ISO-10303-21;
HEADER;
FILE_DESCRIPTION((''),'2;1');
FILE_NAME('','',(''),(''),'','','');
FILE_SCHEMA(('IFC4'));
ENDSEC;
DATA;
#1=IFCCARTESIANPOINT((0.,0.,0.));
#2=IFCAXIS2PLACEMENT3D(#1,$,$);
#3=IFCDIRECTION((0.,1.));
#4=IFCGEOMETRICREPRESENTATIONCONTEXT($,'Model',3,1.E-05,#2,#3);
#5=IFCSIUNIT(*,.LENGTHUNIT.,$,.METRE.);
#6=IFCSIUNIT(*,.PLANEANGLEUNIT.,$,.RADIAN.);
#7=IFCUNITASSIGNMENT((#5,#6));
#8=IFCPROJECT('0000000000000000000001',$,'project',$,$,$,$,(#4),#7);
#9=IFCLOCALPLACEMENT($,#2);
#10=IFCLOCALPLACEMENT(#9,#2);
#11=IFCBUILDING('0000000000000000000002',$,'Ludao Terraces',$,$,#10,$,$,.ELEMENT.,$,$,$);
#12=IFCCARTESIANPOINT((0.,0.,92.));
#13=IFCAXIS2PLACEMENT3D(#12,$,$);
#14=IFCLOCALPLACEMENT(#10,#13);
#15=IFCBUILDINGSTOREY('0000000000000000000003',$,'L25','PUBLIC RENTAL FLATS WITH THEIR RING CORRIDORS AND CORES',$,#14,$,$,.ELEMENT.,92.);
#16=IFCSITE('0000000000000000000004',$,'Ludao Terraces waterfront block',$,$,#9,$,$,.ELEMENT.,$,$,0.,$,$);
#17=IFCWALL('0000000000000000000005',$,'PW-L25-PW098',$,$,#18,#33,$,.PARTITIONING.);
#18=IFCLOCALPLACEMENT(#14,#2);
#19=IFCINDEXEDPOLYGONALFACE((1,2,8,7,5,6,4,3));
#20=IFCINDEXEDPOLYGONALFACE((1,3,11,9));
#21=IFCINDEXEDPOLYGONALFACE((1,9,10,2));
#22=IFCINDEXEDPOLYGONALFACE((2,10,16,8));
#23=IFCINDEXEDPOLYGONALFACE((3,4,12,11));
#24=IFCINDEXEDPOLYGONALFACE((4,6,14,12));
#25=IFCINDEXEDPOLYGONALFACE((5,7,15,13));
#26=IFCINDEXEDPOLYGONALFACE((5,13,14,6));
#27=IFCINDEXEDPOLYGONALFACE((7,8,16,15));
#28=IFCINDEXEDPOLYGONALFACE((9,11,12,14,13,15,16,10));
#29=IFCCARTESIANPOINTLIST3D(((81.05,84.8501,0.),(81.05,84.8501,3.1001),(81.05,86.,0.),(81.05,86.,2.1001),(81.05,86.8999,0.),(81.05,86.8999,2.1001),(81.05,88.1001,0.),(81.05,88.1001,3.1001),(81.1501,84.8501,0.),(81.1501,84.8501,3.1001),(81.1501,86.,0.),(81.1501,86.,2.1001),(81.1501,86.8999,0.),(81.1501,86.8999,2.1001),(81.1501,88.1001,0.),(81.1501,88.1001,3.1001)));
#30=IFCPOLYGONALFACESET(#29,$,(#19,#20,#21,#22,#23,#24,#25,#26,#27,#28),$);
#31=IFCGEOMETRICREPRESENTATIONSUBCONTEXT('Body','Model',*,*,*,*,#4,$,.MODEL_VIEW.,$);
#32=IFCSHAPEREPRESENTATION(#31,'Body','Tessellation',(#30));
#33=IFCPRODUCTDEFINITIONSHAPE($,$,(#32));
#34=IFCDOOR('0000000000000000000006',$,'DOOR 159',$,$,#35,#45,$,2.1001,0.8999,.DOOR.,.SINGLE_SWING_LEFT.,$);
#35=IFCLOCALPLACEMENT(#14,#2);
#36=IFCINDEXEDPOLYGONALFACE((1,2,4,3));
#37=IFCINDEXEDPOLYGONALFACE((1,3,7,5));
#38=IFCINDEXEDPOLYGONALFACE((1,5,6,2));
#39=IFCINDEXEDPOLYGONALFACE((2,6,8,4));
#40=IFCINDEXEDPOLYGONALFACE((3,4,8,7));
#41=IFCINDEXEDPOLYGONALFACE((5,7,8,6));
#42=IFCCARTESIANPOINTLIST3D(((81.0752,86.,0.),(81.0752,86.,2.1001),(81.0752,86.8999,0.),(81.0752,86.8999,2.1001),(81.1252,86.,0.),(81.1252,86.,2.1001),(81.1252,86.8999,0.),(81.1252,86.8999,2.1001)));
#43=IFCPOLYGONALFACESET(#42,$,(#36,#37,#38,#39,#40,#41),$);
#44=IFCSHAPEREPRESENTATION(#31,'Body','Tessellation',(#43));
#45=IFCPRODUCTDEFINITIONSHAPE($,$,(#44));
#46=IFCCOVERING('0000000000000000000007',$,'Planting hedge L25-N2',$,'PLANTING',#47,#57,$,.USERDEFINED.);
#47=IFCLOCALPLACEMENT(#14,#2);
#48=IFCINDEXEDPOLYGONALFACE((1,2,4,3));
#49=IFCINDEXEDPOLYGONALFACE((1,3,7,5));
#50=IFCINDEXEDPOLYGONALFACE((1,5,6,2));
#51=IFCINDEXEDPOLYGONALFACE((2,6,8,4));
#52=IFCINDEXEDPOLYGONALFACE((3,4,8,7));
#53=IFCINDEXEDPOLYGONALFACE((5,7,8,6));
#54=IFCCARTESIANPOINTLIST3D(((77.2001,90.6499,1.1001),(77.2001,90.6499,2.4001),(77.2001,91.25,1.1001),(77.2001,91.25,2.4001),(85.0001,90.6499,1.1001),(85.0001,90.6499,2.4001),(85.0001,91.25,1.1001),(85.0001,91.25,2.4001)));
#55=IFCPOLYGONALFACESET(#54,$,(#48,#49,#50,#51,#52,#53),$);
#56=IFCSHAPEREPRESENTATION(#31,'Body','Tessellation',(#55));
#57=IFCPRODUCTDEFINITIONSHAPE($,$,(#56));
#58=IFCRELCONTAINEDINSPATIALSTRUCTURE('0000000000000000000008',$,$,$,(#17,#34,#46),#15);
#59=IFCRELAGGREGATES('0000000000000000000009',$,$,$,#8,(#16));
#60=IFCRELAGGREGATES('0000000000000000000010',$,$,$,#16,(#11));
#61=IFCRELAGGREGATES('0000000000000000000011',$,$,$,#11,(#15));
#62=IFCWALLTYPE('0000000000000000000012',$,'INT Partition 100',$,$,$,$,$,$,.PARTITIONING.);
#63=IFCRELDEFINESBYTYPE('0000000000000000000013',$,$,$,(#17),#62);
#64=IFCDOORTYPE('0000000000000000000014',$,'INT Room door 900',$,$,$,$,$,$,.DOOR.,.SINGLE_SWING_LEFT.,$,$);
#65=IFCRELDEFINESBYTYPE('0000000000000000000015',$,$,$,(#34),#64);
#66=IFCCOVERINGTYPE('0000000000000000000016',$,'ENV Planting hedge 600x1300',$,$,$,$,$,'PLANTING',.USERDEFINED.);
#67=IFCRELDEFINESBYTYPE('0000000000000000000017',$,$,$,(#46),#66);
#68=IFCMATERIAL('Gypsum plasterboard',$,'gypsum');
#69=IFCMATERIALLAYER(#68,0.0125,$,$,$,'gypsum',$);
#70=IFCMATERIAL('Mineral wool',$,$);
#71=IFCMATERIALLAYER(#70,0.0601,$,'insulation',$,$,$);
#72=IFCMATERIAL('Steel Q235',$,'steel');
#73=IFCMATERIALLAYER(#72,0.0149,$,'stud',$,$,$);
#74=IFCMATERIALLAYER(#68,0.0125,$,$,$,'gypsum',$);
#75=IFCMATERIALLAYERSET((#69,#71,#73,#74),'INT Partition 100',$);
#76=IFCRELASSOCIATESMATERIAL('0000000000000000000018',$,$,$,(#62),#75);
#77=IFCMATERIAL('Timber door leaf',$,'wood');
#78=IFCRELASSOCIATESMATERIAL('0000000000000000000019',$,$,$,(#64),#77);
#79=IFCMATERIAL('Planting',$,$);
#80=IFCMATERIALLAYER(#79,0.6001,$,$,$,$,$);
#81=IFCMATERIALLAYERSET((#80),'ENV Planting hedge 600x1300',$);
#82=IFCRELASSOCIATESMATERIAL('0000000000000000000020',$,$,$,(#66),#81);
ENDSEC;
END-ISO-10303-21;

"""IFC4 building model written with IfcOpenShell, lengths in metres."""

from ifc_helpers import new_model, si_unit, direction, frame, frame_2d, origin, origin_2d, place, context, subcontext, project, spatial, rectangle, extrude, material, layer, layer_set, type_object, element, fill, save


model = new_model("IFC4")

# Units and contexts
model_context = context("Model", 3, precision=1e-05, world=origin(), true_north=direction((0.0, 1.0)))
body_context = subcontext(model_context, "Body", "Model", "MODEL_VIEW")
ifc_project = project(units=[si_unit("LENGTHUNIT", "METRE"), si_unit("PLANEANGLEUNIT", "RADIAN")], contexts=[model_context])

# Site, building, storey
site_placement = place(None, origin())
site = spatial("IfcSite", under=ifc_project, at=site_placement, Name="Ludao Terraces waterfront block", CompositionType="ELEMENT", RefElevation=0.0)
building_placement = place(site_placement, origin())
building = spatial("IfcBuilding", under=site, at=building_placement, Name="Ludao Terraces", CompositionType="ELEMENT")
storey_placement = place(building_placement, frame((0.0, 0.0, 92.0)))
storey = spatial("IfcBuildingStorey", under=building, at=storey_placement, Name="L25", Description="PUBLIC RENTAL FLATS WITH THEIR RING CORRIDORS AND CORES", CompositionType="ELEMENT", Elevation=92.0)

# Shared definitions
ifc_material_1 = material(Name="Mineral wool")

# Wall, opening, door
ifc_material_2 = material(Name="Gypsum plasterboard", Category="gypsum")
ifc_layer_1 = layer(ifc_material_2, 0.0125, Category="gypsum")
ifc_layer_2 = layer(ifc_material_1, 0.0601, Name="insulation")
ifc_material_3 = material(Name="Steel Q235", Category="steel")
ifc_layer_3 = layer(ifc_material_3, 0.0149, Name="stud")
ifc_layer_4 = layer(ifc_material_2, 0.0125, Category="gypsum")
ifc_layer_set_1 = layer_set([ifc_layer_1, ifc_layer_2, ifc_layer_3, ifc_layer_4], Name="INT Partition 100")
wall_type_1 = type_object("IfcWallType", Name="INT Partition 100", PredefinedType="PARTITIONING", material=ifc_layer_set_1)
ifc_material_4 = material(Name="Timber door leaf", Category="wood")
door_type_1 = type_object("IfcDoorType", Name="INT Room door 900", OperationType="SINGLE_SWING_LEFT", PredefinedType="DOOR", material=ifc_material_4)
wall_1_placement = place(storey_placement, frame((81.1001, 84.8501, 0.0), z_axis=(0.0, 0.0, 1.0), x_axis=(0.0, 1.0, 0.0)))
wall_1 = element("IfcWall", 1, at=wall_1_placement, inside=storey, type_object=wall_type_1, Name="PW-L25-PW098", PredefinedType="PARTITIONING", context=body_context, shape_type="SweptSolid", body=[
    extrude(rectangle(XDim=3.25, YDim=0.1001, at=frame_2d((1.625, 0.0))), origin(), (0.0, 0.0, 1.0), 3.1001),
])
opening_1_placement = place(wall_1_placement, frame((1.1499, 0.0, 0.0)))
opening_1 = element("IfcOpeningElement", 2, at=opening_1_placement, cuts=wall_1, PredefinedType="OPENING", context=body_context, shape_type="SweptSolid", body=[
    extrude(rectangle(XDim=0.8999, YDim=2.1001, at=frame_2d((0.45, 1.05))), frame((0.0, 0.0601, 0.0), z_axis=(0.0, -1.0, 0.0), x_axis=(1.0, 0.0, 0.0)), (0.0, 0.0, 1.0), 0.1201),
])
door_1_placement = place(opening_1_placement, origin())
door_1 = element("IfcDoor", 3, at=door_1_placement, inside=storey, type_object=door_type_1, Name="DOOR 159", OperationType="SINGLE_SWING_LEFT", OverallHeight=2.1001, OverallWidth=0.8999, PredefinedType="DOOR", context=body_context, shape_type="SweptSolid", body=[
    extrude(rectangle(XDim=0.8999, YDim=2.1001, at=frame_2d((0.45, 1.05))), frame((0.0, 0.0249, 0.0), z_axis=(0.0, -1.0, 0.0), x_axis=(1.0, 0.0, 0.0)), (0.0, 0.0, 1.0), 0.05),
])
fill(opening_1, door_1)

# Covering
ifc_material_5 = material(Name="Planting")
ifc_layer_5 = layer(ifc_material_5, 0.6001)
ifc_layer_set_2 = layer_set([ifc_layer_5], Name="ENV Planting hedge 600x1300")
covering_type = type_object("IfcCoveringType", Name="ENV Planting hedge 600x1300", ElementType="PLANTING", PredefinedType="USERDEFINED", material=ifc_layer_set_2)
covering_placement = place(storey_placement, frame((81.1001, 90.95, 1.1001), z_axis=(0.0, 0.0, 1.0), x_axis=(1.0, 0.0, 0.0)))
element("IfcCovering", 4, at=covering_placement, inside=storey, type_object=covering_type, Name="Planting hedge L25-N2", ObjectType="PLANTING", PredefinedType="USERDEFINED", context=body_context, shape_type="SweptSolid", body=[
    extrude(rectangle(XDim=7.8, YDim=0.6001, at=origin_2d()), origin(), (0.0, 0.0, 1.0), 1.3),
])

save(model, "model.ifc")
